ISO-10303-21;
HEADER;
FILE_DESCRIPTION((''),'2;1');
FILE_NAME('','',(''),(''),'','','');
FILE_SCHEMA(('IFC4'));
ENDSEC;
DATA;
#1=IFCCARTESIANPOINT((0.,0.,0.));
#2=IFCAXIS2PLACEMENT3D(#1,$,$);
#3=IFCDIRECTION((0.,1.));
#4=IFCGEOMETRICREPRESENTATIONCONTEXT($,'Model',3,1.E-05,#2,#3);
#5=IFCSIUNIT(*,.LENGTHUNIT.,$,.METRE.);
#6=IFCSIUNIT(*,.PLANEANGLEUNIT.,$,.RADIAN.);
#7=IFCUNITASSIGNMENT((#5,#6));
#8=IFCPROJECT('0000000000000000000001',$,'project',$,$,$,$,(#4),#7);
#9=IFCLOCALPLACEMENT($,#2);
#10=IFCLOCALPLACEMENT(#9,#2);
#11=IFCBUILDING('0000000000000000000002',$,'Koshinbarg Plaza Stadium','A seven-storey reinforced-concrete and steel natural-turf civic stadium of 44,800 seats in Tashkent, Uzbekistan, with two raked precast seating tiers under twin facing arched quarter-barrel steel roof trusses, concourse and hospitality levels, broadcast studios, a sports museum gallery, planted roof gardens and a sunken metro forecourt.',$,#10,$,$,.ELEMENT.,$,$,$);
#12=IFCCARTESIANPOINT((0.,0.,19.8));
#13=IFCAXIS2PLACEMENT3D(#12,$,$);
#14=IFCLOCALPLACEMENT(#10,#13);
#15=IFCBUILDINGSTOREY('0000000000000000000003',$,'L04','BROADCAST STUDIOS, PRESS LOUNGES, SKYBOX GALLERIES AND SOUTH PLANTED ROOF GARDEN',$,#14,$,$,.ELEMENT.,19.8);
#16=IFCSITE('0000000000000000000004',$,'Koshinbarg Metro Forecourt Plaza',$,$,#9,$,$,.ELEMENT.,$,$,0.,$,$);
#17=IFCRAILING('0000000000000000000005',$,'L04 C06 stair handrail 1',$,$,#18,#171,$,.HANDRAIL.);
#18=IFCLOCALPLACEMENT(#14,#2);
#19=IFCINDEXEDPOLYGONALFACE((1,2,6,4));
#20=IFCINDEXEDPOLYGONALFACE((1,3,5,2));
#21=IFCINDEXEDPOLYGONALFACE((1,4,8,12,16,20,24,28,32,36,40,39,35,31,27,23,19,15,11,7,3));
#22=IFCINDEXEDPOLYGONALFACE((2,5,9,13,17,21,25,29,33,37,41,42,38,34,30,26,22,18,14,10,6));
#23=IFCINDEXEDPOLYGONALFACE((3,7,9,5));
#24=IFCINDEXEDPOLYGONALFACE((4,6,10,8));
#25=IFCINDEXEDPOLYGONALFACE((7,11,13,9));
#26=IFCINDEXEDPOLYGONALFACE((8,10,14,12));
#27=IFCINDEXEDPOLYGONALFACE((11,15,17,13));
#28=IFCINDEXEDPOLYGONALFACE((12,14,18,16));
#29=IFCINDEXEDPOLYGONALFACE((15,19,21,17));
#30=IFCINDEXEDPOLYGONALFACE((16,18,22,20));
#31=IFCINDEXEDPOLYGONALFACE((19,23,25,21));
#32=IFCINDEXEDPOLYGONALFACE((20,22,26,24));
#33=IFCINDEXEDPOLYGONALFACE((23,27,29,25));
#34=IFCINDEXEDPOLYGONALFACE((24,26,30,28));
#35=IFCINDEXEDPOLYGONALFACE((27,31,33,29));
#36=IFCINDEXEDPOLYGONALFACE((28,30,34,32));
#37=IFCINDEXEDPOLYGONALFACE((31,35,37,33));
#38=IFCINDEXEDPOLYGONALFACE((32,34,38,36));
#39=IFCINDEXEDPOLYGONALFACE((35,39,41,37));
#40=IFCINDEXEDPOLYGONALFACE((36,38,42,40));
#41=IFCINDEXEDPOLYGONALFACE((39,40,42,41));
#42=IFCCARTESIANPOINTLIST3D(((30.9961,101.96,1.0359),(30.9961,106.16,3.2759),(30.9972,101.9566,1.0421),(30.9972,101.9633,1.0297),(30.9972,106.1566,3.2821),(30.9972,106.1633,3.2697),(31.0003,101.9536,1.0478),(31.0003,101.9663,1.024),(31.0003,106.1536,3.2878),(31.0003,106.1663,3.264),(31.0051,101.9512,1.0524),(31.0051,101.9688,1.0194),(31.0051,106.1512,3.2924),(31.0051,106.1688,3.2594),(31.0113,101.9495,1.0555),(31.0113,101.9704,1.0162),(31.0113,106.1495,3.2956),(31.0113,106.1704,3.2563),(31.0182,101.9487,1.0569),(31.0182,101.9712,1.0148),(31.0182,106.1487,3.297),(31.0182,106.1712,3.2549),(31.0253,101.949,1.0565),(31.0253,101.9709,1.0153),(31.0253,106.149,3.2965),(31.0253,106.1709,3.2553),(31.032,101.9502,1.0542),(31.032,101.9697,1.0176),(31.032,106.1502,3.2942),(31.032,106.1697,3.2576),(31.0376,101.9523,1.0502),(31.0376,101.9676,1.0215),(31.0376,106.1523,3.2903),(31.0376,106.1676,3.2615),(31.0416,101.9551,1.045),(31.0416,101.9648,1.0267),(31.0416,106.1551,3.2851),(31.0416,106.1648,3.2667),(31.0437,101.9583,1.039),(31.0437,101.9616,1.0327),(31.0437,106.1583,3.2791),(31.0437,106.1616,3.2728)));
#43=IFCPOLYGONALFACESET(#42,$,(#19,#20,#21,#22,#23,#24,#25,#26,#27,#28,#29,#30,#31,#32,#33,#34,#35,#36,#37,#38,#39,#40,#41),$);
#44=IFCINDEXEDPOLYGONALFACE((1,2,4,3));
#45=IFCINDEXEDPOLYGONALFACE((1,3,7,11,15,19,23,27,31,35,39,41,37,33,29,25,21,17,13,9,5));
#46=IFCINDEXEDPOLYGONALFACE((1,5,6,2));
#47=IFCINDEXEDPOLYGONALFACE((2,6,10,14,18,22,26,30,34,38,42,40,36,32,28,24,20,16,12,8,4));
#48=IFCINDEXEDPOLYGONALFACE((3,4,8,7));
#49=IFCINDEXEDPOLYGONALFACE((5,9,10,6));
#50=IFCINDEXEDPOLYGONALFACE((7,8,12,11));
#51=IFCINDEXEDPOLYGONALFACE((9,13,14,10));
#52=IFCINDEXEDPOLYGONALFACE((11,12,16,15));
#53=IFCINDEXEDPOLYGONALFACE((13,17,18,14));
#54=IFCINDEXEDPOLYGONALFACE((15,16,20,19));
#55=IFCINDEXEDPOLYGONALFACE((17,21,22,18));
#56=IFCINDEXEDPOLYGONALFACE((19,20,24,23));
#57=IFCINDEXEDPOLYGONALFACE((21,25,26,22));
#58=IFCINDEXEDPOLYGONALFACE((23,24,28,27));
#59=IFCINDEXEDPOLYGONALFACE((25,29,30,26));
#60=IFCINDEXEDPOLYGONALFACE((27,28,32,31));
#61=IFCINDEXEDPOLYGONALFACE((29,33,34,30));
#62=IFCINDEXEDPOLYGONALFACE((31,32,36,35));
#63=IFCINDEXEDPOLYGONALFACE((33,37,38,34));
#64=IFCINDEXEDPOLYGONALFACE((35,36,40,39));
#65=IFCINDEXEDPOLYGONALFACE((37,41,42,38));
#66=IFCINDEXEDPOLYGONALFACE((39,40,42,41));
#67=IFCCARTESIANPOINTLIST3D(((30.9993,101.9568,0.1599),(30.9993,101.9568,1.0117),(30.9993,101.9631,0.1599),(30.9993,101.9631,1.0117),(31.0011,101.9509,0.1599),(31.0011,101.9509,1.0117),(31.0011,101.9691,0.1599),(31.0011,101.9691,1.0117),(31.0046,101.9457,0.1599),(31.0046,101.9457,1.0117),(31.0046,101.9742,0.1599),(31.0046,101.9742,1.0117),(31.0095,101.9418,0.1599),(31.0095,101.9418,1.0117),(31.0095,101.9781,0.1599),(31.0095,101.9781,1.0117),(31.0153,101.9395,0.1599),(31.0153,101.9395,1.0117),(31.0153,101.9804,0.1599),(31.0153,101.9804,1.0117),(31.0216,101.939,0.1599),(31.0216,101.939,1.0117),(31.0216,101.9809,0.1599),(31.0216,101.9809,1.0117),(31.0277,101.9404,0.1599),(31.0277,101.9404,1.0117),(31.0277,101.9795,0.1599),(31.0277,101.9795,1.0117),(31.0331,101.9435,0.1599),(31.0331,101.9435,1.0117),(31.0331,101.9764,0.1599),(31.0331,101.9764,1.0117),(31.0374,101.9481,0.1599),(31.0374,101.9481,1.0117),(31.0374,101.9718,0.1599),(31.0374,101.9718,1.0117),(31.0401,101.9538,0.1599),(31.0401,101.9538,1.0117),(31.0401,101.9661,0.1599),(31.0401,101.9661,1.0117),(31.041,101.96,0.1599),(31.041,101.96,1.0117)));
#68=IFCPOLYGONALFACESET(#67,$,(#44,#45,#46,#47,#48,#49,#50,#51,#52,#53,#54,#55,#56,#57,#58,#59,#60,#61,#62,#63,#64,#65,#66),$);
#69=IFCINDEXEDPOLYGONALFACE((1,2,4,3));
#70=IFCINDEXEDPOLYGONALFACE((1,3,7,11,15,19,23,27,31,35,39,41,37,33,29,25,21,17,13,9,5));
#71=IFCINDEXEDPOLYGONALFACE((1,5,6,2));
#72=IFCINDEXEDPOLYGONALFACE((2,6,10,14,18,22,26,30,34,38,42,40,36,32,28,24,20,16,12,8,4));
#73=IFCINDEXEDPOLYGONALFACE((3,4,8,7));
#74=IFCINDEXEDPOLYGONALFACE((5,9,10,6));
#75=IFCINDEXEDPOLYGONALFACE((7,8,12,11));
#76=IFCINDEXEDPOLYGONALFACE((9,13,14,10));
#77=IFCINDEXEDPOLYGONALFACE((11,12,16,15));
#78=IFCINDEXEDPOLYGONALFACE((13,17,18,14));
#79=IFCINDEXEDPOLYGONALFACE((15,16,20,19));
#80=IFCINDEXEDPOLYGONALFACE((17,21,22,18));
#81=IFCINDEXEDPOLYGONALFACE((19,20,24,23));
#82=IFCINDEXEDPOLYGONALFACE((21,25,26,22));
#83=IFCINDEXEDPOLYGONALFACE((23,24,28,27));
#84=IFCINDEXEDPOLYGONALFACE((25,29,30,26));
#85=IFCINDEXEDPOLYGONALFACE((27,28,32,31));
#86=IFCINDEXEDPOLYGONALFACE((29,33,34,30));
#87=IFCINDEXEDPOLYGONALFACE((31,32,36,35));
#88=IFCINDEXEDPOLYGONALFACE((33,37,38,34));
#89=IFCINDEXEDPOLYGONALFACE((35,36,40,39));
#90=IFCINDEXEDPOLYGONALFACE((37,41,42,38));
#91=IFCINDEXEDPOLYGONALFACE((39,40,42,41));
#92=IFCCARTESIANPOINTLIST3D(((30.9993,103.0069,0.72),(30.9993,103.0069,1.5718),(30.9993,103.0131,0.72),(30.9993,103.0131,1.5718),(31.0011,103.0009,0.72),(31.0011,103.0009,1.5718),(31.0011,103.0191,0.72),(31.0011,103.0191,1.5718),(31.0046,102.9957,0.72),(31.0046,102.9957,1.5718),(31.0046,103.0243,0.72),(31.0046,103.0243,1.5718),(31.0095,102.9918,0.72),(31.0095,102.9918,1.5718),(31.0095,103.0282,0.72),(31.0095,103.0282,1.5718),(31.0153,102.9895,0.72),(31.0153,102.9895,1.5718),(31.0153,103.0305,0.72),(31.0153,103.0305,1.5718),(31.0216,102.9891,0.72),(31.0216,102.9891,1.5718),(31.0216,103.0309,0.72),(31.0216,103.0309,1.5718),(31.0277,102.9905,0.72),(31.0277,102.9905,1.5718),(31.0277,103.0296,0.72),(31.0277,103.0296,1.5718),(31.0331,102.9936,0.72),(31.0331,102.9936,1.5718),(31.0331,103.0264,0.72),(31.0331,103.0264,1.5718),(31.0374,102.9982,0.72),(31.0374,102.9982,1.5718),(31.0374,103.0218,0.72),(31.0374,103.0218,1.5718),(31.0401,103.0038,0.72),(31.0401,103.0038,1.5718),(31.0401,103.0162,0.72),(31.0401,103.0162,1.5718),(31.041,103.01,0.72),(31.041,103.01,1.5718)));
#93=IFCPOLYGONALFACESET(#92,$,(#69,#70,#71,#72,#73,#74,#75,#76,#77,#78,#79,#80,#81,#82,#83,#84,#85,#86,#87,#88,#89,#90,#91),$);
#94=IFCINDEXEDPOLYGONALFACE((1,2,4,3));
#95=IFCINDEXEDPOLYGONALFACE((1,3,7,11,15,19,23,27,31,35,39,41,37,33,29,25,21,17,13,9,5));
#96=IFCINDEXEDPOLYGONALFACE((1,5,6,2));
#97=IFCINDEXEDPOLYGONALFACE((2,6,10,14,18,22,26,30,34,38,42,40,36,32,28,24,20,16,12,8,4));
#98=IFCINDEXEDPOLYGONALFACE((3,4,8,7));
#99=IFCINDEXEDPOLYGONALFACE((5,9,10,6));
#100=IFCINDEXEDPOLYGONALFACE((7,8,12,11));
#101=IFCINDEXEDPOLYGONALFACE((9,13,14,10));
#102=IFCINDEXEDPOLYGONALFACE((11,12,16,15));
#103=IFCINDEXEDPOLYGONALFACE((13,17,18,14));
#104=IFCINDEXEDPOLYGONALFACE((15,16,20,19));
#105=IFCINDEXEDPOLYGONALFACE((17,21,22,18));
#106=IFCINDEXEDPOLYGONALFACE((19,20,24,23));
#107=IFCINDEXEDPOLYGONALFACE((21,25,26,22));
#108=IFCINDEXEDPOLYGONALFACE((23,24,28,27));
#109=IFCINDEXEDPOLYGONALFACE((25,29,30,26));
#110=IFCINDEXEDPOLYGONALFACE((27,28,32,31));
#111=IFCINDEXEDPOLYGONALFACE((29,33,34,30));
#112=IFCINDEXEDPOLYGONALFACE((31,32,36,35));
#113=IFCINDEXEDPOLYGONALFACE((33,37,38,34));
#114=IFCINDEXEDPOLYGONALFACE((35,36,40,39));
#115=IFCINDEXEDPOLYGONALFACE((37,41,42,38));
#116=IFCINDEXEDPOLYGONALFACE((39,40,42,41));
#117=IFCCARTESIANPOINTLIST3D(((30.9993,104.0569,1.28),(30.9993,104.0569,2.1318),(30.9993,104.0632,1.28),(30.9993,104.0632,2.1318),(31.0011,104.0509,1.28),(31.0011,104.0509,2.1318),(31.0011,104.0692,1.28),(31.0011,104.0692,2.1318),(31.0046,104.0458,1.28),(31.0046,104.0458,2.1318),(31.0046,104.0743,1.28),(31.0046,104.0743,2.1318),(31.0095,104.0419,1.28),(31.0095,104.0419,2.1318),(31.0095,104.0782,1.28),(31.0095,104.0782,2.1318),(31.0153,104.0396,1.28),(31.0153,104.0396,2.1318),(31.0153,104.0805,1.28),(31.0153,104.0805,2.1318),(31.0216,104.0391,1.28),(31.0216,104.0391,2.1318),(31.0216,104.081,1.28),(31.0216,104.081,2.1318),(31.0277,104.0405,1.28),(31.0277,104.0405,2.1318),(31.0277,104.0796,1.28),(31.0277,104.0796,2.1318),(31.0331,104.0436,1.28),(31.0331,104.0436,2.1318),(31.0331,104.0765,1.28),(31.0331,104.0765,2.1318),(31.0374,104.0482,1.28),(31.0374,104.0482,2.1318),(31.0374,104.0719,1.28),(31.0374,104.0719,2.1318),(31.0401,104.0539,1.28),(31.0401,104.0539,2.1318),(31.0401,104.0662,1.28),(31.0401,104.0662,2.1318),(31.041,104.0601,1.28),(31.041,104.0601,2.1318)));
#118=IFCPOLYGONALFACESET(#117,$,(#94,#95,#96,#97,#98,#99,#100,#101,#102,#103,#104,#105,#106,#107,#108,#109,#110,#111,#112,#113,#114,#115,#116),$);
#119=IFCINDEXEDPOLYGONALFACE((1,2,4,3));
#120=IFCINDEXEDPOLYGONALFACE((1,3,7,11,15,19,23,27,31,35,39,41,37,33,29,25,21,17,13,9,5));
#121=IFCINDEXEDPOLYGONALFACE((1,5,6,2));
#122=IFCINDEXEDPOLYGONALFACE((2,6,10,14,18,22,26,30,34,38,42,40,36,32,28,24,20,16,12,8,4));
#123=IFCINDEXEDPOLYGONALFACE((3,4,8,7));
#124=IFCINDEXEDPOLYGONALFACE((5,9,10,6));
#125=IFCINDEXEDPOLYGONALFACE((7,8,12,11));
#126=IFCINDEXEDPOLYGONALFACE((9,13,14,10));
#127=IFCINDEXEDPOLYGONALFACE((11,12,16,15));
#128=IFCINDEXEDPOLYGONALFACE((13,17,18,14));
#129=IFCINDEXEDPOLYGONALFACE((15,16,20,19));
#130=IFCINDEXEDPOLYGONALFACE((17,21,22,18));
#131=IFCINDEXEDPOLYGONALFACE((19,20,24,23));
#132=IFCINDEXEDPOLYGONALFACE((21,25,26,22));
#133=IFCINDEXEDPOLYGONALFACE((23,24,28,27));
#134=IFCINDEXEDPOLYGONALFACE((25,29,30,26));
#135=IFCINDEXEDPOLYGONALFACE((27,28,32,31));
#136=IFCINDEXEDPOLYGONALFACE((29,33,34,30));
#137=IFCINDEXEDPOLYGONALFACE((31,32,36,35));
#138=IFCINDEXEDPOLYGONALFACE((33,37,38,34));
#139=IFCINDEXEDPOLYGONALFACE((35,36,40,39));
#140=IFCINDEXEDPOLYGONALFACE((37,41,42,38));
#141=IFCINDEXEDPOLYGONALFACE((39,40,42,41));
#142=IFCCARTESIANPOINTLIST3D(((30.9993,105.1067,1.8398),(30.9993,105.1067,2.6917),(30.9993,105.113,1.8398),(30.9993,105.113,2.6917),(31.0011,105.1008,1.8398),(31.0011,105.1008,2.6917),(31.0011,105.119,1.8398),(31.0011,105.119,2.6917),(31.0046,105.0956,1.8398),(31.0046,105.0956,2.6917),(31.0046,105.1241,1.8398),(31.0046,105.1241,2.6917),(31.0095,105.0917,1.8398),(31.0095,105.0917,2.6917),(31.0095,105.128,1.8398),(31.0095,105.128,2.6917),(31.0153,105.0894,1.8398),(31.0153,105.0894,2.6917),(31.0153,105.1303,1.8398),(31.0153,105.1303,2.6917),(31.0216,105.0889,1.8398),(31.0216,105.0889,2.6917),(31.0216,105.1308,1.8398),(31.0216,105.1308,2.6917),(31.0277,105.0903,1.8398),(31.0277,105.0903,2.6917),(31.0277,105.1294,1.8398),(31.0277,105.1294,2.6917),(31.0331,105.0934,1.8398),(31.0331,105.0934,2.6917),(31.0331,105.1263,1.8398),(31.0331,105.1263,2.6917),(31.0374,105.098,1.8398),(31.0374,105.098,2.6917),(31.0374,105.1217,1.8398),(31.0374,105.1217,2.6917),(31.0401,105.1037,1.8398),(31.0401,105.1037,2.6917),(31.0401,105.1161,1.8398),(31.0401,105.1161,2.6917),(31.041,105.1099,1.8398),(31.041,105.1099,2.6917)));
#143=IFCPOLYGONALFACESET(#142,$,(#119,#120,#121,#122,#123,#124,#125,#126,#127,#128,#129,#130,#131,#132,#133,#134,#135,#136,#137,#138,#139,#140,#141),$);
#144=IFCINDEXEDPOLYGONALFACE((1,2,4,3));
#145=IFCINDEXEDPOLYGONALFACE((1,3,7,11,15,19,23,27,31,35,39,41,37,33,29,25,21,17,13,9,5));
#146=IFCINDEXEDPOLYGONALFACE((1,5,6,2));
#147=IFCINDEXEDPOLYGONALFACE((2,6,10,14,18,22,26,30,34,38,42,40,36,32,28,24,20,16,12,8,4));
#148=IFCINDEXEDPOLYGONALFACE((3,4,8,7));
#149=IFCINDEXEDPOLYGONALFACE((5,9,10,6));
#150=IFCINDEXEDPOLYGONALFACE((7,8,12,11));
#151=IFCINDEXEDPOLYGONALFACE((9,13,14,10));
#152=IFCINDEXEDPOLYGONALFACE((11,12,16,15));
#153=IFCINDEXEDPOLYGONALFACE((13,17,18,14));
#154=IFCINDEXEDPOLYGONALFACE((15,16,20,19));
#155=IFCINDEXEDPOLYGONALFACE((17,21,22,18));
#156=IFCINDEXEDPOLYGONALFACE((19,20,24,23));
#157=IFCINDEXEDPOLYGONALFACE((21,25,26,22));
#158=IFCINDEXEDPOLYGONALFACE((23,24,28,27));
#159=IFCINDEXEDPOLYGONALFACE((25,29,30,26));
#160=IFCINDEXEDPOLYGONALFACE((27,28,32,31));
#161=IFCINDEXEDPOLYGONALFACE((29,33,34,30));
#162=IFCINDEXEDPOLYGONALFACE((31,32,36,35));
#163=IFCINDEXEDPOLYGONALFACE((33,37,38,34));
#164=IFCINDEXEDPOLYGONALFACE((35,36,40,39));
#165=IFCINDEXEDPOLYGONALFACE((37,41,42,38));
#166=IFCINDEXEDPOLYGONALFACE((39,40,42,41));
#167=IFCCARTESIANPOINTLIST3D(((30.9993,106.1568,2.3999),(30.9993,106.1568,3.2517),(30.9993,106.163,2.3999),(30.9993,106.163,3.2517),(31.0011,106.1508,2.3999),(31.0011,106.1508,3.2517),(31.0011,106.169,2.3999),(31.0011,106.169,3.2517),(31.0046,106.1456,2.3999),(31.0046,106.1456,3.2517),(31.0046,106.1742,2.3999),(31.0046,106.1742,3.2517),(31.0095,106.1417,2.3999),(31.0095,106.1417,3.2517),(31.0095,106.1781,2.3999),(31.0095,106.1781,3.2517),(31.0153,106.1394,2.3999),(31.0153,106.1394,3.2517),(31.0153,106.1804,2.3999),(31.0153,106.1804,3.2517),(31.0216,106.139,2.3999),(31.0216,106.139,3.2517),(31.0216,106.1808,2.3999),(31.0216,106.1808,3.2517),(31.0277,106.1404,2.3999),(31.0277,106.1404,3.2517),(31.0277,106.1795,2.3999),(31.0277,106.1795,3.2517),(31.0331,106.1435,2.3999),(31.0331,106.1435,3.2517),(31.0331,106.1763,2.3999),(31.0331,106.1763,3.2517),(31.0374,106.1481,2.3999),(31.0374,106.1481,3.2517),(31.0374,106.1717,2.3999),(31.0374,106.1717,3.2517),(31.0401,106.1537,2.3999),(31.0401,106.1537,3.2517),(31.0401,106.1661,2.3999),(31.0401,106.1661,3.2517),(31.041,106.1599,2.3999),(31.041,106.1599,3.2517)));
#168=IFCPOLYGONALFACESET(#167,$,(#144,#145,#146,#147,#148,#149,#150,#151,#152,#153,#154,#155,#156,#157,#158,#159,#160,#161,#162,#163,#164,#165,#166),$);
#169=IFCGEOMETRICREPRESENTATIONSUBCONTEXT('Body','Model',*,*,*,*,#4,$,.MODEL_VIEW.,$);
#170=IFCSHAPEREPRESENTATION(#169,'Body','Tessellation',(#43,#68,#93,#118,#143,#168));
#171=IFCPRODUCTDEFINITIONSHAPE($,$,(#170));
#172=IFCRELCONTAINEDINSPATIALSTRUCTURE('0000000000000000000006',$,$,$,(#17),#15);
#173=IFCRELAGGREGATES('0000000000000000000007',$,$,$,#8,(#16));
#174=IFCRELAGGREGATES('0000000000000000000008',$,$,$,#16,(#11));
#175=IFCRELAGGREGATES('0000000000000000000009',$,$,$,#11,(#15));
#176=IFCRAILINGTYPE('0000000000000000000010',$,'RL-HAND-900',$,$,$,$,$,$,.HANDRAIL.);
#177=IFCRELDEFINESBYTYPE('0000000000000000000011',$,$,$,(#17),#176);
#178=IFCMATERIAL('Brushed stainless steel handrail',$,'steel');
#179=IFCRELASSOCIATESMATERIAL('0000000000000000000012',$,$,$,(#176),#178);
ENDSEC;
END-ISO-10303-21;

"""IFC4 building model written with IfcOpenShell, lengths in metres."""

from ifc_helpers import new_model, si_unit, direction, frame, origin, origin_2d, place, context, subcontext, project, spatial, circle, extrude, material, type_object, element, save


model = new_model("IFC4")

# Units and contexts
model_context = context("Model", 3, precision=1e-05, world=origin(), true_north=direction((0.0, 1.0)))
body_context = subcontext(model_context, "Body", "Model", "MODEL_VIEW")
ifc_project = project(units=[si_unit("LENGTHUNIT", "METRE"), si_unit("PLANEANGLEUNIT", "RADIAN")], contexts=[model_context])

# Site, building, storey
site_placement = place(None, origin())
site = spatial("IfcSite", under=ifc_project, at=site_placement, Name="Koshinbarg Metro Forecourt Plaza", CompositionType="ELEMENT", RefElevation=0.0)
building_placement = place(site_placement, origin())
building = spatial("IfcBuilding", under=site, at=building_placement, Name="Koshinbarg Plaza Stadium", Description="A seven-storey reinforced-concrete and steel natural-turf civic stadium of 44,800 seats in Tashkent, Uzbekistan, with two raked precast seating tiers under twin facing arched quarter-barrel steel roof trusses, concourse and hospitality levels, broadcast studios, a sports museum gallery, planted roof gardens and a sunken metro forecourt.", CompositionType="ELEMENT")
storey_placement = place(building_placement, frame((0.0, 0.0, 19.8)))
storey = spatial("IfcBuildingStorey", under=building, at=storey_placement, Name="L04", Description="BROADCAST STUDIOS, PRESS LOUNGES, SKYBOX GALLERIES AND SOUTH PLANTED ROOF GARDEN", CompositionType="ELEMENT", Elevation=19.8)

# Railing
ifc_material_1 = material(Name="Brushed stainless steel handrail", Category="steel")
railing_type_1 = type_object("IfcRailingType", Name="RL-HAND-900", PredefinedType="HANDRAIL", material=ifc_material_1)
railing_1_placement = place(storey_placement, frame((31.02, 101.96, 0.1599)))
element("IfcRailing", 1, at=railing_1_placement, inside=storey, type_object=railing_type_1, Name="L04 C06 stair handrail 1", PredefinedType="HANDRAIL", context=body_context, shape_type="SweptSolid", body=[
    extrude(circle(Radius=0.0239, at=origin_2d()), frame((0.0, 0.0, 0.876), z_axis=(0.0, 0.882352, 0.470591), x_axis=(-1.0, 0.0, 0.0)), (0.0, 0.0, 1.0), 4.76),
    extrude(circle(Radius=0.021, at=origin_2d()), origin(), (0.0, 0.0, 1.0), 0.8518),
    extrude(circle(Radius=0.021, at=origin_2d()), frame((0.0, 1.05, 0.5601)), (0.0, 0.0, 1.0), 0.8518),
    extrude(circle(Radius=0.021, at=origin_2d()), frame((0.0, 2.1001, 1.1201)), (0.0, 0.0, 1.0), 0.8518),
    extrude(circle(Radius=0.021, at=origin_2d()), frame((0.0, 3.1499, 1.6799)), (0.0, 0.0, 1.0), 0.8518),
    extrude(circle(Radius=0.021, at=origin_2d()), frame((0.0, 4.2, 2.24)), (0.0, 0.0, 1.0), 0.8518),
])

save(model, "model.ifc")
